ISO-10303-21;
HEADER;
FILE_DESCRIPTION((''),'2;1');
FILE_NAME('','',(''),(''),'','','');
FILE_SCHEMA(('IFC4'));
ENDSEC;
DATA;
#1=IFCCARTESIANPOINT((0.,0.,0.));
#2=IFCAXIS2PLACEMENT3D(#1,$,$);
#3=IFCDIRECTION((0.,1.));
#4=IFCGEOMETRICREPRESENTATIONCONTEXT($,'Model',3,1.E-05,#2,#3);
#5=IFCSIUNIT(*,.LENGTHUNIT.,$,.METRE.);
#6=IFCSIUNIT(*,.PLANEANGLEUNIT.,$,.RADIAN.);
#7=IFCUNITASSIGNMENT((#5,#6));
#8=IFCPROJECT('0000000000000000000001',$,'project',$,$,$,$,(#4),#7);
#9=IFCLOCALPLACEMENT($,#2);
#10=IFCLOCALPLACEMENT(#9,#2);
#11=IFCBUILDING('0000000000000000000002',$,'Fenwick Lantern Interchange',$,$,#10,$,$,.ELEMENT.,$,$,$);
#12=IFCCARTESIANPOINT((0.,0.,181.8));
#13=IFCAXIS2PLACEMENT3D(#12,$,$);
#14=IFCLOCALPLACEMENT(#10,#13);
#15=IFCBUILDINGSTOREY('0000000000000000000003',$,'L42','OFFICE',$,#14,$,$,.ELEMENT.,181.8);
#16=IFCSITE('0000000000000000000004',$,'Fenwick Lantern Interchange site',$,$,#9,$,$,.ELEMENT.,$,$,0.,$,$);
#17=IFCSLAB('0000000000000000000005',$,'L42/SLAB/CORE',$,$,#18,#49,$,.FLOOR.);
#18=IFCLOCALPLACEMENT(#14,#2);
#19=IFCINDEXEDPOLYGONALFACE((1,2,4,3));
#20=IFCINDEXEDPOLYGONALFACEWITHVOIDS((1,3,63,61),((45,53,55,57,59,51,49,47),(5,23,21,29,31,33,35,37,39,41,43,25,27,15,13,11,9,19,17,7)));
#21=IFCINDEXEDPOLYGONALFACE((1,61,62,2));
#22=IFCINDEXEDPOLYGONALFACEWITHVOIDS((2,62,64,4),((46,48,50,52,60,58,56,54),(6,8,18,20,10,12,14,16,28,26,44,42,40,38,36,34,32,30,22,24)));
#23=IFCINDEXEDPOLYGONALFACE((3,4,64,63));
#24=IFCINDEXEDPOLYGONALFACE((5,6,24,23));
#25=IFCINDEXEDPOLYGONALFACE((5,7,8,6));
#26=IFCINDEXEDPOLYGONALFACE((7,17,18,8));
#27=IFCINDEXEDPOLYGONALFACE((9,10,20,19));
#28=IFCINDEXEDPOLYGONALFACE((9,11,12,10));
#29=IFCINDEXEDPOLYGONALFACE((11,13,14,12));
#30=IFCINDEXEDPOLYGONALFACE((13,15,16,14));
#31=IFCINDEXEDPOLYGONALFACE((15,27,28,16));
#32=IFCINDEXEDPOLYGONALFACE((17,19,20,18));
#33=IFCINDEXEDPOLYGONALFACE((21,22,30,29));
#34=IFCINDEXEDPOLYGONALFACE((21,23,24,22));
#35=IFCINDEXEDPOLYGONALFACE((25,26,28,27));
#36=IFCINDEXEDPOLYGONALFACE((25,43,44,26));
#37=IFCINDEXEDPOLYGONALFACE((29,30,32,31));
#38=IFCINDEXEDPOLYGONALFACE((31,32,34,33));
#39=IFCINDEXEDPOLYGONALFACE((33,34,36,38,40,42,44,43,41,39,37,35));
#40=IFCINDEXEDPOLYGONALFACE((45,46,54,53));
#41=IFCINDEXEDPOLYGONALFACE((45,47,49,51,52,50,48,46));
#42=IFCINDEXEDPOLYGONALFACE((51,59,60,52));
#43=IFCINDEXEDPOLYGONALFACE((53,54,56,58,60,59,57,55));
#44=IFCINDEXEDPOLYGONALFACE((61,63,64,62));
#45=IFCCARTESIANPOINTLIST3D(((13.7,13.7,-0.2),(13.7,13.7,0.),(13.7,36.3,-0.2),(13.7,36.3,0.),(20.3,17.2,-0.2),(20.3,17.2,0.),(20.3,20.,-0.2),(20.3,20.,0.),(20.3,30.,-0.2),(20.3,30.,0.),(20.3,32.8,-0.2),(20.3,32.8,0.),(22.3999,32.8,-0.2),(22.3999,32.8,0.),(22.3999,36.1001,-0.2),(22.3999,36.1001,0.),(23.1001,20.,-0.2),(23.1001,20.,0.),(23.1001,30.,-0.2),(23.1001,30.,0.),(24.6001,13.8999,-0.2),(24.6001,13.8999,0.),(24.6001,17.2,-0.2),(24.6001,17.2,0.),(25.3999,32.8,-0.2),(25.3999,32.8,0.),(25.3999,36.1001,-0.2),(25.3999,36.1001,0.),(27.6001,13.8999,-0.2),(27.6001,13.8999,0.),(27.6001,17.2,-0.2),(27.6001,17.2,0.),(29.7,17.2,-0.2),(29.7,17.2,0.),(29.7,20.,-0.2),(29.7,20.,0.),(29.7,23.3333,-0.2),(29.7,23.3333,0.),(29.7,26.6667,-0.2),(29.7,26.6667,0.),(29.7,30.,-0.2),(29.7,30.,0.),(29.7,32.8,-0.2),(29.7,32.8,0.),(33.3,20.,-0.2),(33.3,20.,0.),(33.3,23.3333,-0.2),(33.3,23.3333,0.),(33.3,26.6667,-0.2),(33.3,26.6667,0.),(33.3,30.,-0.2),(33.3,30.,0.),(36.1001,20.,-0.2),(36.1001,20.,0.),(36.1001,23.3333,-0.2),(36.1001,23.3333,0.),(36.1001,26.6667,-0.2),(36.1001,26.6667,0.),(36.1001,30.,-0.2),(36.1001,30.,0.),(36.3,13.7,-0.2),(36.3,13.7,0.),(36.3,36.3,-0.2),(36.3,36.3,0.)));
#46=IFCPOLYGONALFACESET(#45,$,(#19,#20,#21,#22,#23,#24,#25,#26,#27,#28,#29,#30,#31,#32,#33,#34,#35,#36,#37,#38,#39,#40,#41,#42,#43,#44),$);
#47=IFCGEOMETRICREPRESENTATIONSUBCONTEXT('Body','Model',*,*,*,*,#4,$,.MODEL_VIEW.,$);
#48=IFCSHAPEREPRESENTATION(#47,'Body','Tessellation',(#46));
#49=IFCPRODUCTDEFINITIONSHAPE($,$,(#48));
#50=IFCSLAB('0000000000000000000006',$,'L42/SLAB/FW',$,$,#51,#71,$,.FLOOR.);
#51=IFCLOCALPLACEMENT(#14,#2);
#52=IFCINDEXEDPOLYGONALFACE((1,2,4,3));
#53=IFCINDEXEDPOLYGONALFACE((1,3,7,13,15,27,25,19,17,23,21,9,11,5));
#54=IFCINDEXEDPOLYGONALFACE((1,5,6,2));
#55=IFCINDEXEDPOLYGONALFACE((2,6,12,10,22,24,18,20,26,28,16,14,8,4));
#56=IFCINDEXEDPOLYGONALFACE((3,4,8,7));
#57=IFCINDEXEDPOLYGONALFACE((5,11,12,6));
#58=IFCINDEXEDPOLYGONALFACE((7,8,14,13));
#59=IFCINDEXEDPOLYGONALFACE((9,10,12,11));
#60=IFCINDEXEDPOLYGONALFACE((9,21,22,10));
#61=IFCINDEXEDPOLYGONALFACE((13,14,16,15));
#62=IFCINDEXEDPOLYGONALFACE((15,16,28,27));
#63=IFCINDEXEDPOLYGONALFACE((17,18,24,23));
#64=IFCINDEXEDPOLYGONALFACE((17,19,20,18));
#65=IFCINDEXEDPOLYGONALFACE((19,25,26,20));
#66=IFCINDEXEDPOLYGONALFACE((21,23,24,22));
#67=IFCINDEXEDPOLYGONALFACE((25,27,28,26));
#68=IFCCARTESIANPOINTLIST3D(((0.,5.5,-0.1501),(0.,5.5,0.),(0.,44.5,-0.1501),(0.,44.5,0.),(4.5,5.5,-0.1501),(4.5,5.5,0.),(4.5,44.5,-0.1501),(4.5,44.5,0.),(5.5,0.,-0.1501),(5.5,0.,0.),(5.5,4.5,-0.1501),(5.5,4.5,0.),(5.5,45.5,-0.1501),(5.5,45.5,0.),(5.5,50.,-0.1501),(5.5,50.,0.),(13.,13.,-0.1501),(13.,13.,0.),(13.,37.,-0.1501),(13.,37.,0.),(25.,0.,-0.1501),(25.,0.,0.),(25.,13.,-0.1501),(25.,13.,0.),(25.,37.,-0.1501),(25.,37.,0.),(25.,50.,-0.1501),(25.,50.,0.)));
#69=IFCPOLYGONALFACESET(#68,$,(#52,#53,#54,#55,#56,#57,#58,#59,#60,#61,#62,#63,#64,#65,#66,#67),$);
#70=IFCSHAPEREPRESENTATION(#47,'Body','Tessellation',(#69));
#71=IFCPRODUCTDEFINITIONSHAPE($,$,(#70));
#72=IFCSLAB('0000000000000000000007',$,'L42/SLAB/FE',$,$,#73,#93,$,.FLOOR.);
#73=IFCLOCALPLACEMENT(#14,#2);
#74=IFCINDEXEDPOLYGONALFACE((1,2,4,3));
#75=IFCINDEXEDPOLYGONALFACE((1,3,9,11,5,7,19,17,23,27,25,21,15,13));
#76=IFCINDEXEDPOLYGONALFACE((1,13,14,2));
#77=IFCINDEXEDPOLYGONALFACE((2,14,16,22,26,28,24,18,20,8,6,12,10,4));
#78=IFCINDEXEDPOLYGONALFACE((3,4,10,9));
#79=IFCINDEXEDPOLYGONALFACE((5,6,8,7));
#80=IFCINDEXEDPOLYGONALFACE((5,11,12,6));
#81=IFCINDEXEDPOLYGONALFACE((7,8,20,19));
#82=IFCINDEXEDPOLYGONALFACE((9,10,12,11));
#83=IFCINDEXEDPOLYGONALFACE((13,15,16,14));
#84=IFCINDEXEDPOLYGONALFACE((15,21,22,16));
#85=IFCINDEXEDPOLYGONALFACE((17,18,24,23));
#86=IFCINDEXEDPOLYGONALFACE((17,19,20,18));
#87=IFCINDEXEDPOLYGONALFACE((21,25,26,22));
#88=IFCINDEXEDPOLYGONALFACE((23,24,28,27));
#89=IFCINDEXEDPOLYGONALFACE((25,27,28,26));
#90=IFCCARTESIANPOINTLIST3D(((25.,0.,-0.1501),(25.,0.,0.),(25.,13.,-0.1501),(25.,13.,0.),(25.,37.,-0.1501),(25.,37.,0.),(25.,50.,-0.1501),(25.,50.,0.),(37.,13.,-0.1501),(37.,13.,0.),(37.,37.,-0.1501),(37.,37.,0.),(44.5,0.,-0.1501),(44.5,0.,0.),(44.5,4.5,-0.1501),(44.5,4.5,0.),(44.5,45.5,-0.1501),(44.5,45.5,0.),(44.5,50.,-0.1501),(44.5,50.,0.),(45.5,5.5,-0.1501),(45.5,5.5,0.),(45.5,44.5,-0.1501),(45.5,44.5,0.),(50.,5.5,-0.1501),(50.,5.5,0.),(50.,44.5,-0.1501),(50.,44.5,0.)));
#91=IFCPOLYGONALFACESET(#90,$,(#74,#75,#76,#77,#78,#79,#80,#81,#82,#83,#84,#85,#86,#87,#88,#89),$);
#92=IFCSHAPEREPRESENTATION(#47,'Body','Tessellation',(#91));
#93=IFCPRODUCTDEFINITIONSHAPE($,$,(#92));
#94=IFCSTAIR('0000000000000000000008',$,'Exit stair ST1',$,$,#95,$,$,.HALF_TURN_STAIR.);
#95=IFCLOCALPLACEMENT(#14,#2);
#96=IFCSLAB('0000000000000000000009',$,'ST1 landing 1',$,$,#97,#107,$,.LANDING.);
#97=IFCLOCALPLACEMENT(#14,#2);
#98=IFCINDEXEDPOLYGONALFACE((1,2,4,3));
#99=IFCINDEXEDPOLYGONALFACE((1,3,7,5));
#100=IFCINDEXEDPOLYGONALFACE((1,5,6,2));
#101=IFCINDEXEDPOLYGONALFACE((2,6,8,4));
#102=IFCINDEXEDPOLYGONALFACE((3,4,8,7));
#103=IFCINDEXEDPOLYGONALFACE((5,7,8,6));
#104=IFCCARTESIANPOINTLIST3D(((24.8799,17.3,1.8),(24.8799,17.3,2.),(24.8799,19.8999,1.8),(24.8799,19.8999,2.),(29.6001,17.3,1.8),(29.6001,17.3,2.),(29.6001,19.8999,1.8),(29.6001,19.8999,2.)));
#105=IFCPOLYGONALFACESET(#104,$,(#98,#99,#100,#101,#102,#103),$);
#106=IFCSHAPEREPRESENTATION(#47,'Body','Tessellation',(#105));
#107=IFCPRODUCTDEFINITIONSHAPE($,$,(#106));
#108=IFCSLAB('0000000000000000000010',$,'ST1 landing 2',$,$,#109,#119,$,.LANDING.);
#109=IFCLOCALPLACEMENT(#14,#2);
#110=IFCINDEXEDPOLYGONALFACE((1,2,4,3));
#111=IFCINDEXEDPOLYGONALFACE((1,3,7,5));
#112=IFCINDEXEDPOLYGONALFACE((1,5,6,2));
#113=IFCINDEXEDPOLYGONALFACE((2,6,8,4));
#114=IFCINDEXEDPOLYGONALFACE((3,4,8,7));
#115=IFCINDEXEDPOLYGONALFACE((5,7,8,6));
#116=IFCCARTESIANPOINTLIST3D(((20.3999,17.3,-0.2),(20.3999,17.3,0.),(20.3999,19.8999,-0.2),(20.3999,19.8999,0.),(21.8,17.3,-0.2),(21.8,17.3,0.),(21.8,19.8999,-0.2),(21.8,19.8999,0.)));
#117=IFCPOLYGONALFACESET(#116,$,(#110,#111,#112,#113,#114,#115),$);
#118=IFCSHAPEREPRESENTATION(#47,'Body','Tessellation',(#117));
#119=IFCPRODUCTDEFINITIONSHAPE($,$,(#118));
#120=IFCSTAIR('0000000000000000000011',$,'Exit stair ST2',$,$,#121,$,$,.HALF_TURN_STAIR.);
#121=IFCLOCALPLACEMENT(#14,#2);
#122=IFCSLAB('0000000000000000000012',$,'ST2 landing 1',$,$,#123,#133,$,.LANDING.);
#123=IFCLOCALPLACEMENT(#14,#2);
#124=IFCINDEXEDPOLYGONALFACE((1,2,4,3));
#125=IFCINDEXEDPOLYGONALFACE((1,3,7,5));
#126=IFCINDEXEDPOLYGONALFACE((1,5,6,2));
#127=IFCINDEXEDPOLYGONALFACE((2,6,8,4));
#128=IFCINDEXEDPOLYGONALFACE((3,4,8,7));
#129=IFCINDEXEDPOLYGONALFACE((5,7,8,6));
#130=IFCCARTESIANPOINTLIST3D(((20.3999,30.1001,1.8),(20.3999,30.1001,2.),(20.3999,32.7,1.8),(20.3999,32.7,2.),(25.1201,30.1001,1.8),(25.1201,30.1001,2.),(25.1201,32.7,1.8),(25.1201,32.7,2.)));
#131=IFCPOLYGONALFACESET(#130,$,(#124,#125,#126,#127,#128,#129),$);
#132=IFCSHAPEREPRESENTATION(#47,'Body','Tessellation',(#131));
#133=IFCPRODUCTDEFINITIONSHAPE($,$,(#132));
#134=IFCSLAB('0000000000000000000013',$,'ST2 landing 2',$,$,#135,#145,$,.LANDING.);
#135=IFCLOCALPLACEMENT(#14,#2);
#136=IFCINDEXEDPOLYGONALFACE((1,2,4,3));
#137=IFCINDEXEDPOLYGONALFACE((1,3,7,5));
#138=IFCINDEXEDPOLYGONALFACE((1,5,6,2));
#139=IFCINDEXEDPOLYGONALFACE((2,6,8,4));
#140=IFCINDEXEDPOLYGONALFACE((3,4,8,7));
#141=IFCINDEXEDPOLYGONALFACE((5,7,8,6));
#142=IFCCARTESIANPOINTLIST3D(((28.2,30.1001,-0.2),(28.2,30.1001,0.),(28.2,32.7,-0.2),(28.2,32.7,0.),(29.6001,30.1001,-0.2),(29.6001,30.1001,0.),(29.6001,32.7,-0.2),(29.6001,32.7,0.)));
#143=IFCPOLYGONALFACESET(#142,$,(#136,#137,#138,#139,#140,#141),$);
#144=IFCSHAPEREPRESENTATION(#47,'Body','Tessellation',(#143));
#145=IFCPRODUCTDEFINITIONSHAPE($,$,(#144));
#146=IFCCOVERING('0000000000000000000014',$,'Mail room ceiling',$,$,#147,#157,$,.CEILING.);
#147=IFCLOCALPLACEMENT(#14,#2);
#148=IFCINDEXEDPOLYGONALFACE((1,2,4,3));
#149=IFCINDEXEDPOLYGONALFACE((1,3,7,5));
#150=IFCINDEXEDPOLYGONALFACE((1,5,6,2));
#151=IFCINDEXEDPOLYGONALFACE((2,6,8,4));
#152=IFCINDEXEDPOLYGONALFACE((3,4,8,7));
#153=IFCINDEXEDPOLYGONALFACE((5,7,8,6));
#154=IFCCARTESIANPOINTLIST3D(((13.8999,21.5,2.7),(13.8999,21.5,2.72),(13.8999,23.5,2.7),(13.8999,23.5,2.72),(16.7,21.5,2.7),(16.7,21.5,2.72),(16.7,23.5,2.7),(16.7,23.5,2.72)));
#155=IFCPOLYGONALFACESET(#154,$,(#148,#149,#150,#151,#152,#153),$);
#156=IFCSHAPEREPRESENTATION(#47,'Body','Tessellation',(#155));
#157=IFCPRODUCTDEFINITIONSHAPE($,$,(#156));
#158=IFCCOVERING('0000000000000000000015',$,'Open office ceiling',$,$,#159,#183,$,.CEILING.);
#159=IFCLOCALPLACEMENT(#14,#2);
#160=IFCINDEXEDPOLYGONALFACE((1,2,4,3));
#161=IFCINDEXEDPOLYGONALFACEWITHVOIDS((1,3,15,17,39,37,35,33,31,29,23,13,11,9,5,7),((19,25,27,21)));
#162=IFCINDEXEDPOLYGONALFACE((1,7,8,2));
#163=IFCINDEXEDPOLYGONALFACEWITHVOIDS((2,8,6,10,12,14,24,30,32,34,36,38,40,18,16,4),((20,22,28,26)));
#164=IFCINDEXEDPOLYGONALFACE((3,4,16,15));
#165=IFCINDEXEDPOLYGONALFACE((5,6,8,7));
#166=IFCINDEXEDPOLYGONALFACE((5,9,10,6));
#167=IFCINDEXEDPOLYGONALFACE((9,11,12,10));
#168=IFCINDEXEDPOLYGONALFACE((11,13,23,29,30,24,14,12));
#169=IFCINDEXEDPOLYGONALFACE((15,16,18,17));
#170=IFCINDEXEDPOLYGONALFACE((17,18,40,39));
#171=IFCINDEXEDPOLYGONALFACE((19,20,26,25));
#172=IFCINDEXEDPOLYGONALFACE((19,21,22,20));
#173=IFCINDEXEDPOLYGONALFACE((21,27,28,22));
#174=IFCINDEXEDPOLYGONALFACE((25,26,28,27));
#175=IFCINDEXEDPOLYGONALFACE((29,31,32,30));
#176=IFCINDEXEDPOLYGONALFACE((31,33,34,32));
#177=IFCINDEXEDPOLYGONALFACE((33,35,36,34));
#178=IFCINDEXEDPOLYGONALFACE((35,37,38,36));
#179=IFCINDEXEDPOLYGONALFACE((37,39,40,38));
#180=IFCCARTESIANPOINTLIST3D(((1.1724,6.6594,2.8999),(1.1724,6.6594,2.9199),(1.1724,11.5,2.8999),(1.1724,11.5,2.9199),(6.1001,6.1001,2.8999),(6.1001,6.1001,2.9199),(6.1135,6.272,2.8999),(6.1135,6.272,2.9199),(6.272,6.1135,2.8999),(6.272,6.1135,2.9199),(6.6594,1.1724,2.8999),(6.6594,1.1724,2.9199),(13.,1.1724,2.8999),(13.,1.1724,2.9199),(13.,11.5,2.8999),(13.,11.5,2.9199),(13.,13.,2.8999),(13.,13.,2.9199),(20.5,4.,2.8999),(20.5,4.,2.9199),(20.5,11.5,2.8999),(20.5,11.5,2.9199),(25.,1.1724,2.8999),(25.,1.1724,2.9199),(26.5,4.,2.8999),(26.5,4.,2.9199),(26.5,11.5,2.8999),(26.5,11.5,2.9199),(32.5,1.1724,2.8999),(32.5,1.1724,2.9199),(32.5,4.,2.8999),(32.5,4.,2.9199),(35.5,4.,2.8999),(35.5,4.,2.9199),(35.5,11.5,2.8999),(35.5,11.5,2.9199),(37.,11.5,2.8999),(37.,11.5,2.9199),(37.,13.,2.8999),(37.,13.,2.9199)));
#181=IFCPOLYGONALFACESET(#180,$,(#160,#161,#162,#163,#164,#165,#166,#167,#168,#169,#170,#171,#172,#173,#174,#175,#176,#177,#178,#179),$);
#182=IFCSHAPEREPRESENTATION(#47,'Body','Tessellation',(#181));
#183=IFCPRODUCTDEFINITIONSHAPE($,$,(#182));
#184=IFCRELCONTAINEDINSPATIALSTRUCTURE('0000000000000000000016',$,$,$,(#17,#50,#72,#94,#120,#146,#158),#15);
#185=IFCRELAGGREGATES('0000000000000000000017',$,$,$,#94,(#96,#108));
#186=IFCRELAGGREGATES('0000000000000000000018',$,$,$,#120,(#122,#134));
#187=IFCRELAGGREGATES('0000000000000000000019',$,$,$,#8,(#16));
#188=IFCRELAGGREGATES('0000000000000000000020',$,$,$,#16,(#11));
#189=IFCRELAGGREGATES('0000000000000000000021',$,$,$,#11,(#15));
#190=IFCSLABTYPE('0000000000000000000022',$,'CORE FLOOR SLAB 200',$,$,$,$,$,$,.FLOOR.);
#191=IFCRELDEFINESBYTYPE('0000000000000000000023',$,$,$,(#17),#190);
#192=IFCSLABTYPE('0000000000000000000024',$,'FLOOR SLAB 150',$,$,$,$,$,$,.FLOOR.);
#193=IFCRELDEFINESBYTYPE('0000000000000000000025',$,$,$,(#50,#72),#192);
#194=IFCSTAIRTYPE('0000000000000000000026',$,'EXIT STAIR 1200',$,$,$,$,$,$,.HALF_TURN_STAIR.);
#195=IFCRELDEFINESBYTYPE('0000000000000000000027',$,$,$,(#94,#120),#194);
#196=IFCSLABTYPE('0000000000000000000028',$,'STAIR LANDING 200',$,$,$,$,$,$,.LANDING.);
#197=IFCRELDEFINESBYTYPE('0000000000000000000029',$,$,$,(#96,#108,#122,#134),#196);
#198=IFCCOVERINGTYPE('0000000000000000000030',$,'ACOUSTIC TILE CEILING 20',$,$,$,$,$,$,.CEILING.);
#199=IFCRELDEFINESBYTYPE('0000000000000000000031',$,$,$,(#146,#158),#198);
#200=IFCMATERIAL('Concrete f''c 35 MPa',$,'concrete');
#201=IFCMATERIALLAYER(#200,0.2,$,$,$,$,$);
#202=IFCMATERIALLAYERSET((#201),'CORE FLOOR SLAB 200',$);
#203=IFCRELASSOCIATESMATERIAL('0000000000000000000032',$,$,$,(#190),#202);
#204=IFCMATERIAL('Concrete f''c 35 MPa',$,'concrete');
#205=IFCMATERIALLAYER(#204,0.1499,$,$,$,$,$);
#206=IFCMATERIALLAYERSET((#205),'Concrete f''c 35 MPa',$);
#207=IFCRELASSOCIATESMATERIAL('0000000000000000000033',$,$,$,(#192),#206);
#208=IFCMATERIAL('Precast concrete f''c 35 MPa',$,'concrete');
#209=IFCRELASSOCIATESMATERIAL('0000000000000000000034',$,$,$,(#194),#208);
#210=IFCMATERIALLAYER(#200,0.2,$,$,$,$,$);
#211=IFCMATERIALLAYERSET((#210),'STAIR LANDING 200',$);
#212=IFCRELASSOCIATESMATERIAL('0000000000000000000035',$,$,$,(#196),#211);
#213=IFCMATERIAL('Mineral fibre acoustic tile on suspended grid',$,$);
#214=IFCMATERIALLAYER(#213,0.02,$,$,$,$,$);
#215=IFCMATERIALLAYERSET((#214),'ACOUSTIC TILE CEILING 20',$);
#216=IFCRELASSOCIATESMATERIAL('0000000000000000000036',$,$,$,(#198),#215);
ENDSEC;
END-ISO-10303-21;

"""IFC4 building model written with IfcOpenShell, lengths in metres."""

from ifc_helpers import new_model, si_unit, direction, frame, origin, place, context, subcontext, project, spatial, polyline, outline, extrude, material, layer, layer_set, type_object, element, aggregate, save


model = new_model("IFC4")

# Units and contexts
model_context = context("Model", 3, precision=1e-05, world=origin(), true_north=direction((0.0, 1.0)))
body_context = subcontext(model_context, "Body", "Model", "MODEL_VIEW")
ifc_project = project(units=[si_unit("LENGTHUNIT", "METRE"), si_unit("PLANEANGLEUNIT", "RADIAN")], contexts=[model_context])

# Site, building, storey
site_placement = place(None, origin())
site = spatial("IfcSite", under=ifc_project, at=site_placement, Name="Fenwick Lantern Interchange site", CompositionType="ELEMENT", RefElevation=0.0)
building_placement = place(site_placement, origin())
building = spatial("IfcBuilding", under=site, at=building_placement, Name="Fenwick Lantern Interchange", CompositionType="ELEMENT")
storey_placement = place(building_placement, frame((0.0, 0.0, 181.8)))
storey = spatial("IfcBuildingStorey", under=building, at=storey_placement, Name="L42", Description="OFFICE", CompositionType="ELEMENT", Elevation=181.8)

# Slabs
ifc_material_1 = material(Name="Concrete f'c 35 MPa", Category="concrete")
ifc_layer_1 = layer(ifc_material_1, 0.2)
ifc_layer_set_1 = layer_set([ifc_layer_1], Name="CORE FLOOR SLAB 200")
slab_type_1 = type_object("IfcSlabType", Name="CORE FLOOR SLAB 200", PredefinedType="FLOOR", material=ifc_layer_set_1)
slab_1_placement = place(storey_placement, frame((0.0, 0.0, -0.2)))
element("IfcSlab", 1, at=slab_1_placement, inside=storey, type_object=slab_type_1, Name="L42/SLAB/CORE", PredefinedType="FLOOR", context=body_context, shape_type="SweptSolid", body=[
    extrude(outline(polyline([(13.7, 36.3), (36.3, 36.3), (36.3, 13.7), (13.7, 13.7), (13.7, 36.3)]), holes=[polyline([(24.6001, 13.8999), (27.6001, 13.8999), (27.6001, 17.2), (29.7, 17.2), (29.7, 20.0), (29.7, 23.3333), (29.7, 26.6667), (29.7, 30.0), (29.7, 32.8), (25.3999, 32.8), (25.3999, 36.1001), (22.3999, 36.1001), (22.3999, 32.8), (20.3, 32.8), (20.3, 30.0), (23.1001, 30.0), (23.1001, 20.0), (20.3, 20.0), (20.3, 17.2), (24.6001, 17.2), (24.6001, 13.8999)]), polyline([(33.3, 23.3333), (33.3, 20.0), (36.1001, 20.0), (36.1001, 23.3333), (36.1001, 26.6667), (36.1001, 30.0), (33.3, 30.0), (33.3, 26.6667), (33.3, 23.3333)])]), origin(), (0.0, 0.0, 1.0), 0.2),
])
ifc_material_2 = material(Name="Concrete f'c 35 MPa", Category="concrete")
ifc_layer_2 = layer(ifc_material_2, 0.1499)
ifc_layer_set_2 = layer_set([ifc_layer_2], Name="Concrete f'c 35 MPa")
slab_type_2 = type_object("IfcSlabType", Name="FLOOR SLAB 150", PredefinedType="FLOOR", material=ifc_layer_set_2)
slab_2_placement = place(storey_placement, frame((0.0, 0.0, -0.1501)))
element("IfcSlab", 2, at=slab_2_placement, inside=storey, type_object=slab_type_2, Name="L42/SLAB/FW", PredefinedType="FLOOR", context=body_context, shape_type="SweptSolid", body=[
    extrude(outline(polyline([(5.5, 0.0), (5.5, 4.5), (4.5, 5.5), (0.0, 5.5), (0.0, 44.5), (4.5, 44.5), (5.5, 45.5), (5.5, 50.0), (25.0, 50.0), (25.0, 37.0), (13.0, 37.0), (13.0, 13.0), (25.0, 13.0), (25.0, 0.0), (5.5, 0.0)])), origin(), (0.0, 0.0, 1.0), 0.1501),
])
slab_3_placement = place(storey_placement, frame((0.0, 0.0, -0.1501)))
element("IfcSlab", 3, at=slab_3_placement, inside=storey, type_object=slab_type_2, Name="L42/SLAB/FE", PredefinedType="FLOOR", context=body_context, shape_type="SweptSolid", body=[
    extrude(outline(polyline([(44.5, 50.0), (44.5, 45.5), (45.5, 44.5), (50.0, 44.5), (50.0, 5.5), (45.5, 5.5), (44.5, 4.5), (44.5, 0.0), (25.0, 0.0), (25.0, 13.0), (37.0, 13.0), (37.0, 37.0), (25.0, 37.0), (25.0, 50.0), (44.5, 50.0)])), origin(), (0.0, 0.0, 1.0), 0.1501),
])

# Stairs, slabs
ifc_material_3 = material(Name="Precast concrete f'c 35 MPa", Category="concrete")
stair_type = type_object("IfcStairType", Name="EXIT STAIR 1200", PredefinedType="HALF_TURN_STAIR", material=ifc_material_3)
stair_1_placement = place(storey_placement, origin())
stair_1 = element("IfcStair", 4, at=stair_1_placement, inside=storey, type_object=stair_type, Name="Exit stair ST1", PredefinedType="HALF_TURN_STAIR")
ifc_layer_3 = layer(ifc_material_1, 0.2)
ifc_layer_set_3 = layer_set([ifc_layer_3], Name="STAIR LANDING 200")
slab_type_3 = type_object("IfcSlabType", Name="STAIR LANDING 200", PredefinedType="LANDING", material=ifc_layer_set_3)
slab_4_placement = place(storey_placement, frame((0.0, 0.0, 1.8)))
slab_4 = element("IfcSlab", 5, at=slab_4_placement, type_object=slab_type_3, Name="ST1 landing 1", PredefinedType="LANDING", context=body_context, shape_type="SweptSolid", body=[
    extrude(outline(polyline([(24.8799, 17.3), (29.6001, 17.3), (29.6001, 19.8999), (24.8799, 19.8999), (24.8799, 17.3)])), origin(), (0.0, 0.0, 1.0), 0.2),
])
slab_5_placement = place(storey_placement, frame((0.0, 0.0, -0.2)))
slab_5 = element("IfcSlab", 6, at=slab_5_placement, type_object=slab_type_3, Name="ST1 landing 2", PredefinedType="LANDING", context=body_context, shape_type="SweptSolid", body=[
    extrude(outline(polyline([(20.3999, 17.3), (21.8, 17.3), (21.8, 19.8999), (20.3999, 19.8999), (20.3999, 17.3)])), origin(), (0.0, 0.0, 1.0), 0.2),
])
aggregate(stair_1, [slab_4, slab_5])
stair_2_placement = place(storey_placement, origin())
stair_2 = element("IfcStair", 7, at=stair_2_placement, inside=storey, type_object=stair_type, Name="Exit stair ST2", PredefinedType="HALF_TURN_STAIR")
slab_6_placement = place(storey_placement, frame((0.0, 0.0, 1.8)))
slab_6 = element("IfcSlab", 8, at=slab_6_placement, type_object=slab_type_3, Name="ST2 landing 1", PredefinedType="LANDING", context=body_context, shape_type="SweptSolid", body=[
    extrude(outline(polyline([(25.1201, 32.7), (20.3999, 32.7), (20.3999, 30.1001), (25.1201, 30.1001), (25.1201, 32.7)])), origin(), (0.0, 0.0, 1.0), 0.2),
])
slab_7_placement = place(storey_placement, frame((0.0, 0.0, -0.2)))
slab_7 = element("IfcSlab", 9, at=slab_7_placement, type_object=slab_type_3, Name="ST2 landing 2", PredefinedType="LANDING", context=body_context, shape_type="SweptSolid", body=[
    extrude(outline(polyline([(29.6001, 32.7), (28.2, 32.7), (28.2, 30.1001), (29.6001, 30.1001), (29.6001, 32.7)])), origin(), (0.0, 0.0, 1.0), 0.2),
])
aggregate(stair_2, [slab_6, slab_7])

# Coverings
ifc_material_4 = material(Name="Mineral fibre acoustic tile on suspended grid")
ifc_layer_4 = layer(ifc_material_4, 0.02)
ifc_layer_set_4 = layer_set([ifc_layer_4], Name="ACOUSTIC TILE CEILING 20")
covering_type_1 = type_object("IfcCoveringType", Name="ACOUSTIC TILE CEILING 20", PredefinedType="CEILING", material=ifc_layer_set_4)
covering_1_placement = place(storey_placement, frame((0.0, 0.0, 2.7)))
element("IfcCovering", 10, at=covering_1_placement, inside=storey, type_object=covering_type_1, Name="Mail room ceiling", PredefinedType="CEILING", context=body_context, shape_type="SweptSolid", body=[
    extrude(outline(polyline([(13.8999, 21.5), (16.7, 21.5), (16.7, 23.5), (13.8999, 23.5), (13.8999, 21.5)])), origin(), (0.0, 0.0, 1.0), 0.02),
])
covering_2_placement = place(storey_placement, frame((0.0, 0.0, 2.8999)))
element("IfcCovering", 11, at=covering_2_placement, inside=storey, type_object=covering_type_1, Name="Open office ceiling", PredefinedType="CEILING", context=body_context, shape_type="SweptSolid", body=[
    extrude(outline(polyline([(32.5, 4.0), (35.5, 4.0), (35.5, 11.5), (37.0, 11.5), (37.0, 13.0), (13.0, 13.0), (13.0, 11.5), (1.1724, 11.5), (1.1724, 6.6594), (6.1135, 6.272), (6.1001, 6.1001), (6.272, 6.1135), (6.6594, 1.1724), (13.0, 1.1724), (25.0, 1.1724), (32.5, 1.1724), (32.5, 4.0)]), holes=[polyline([(20.5, 11.5), (26.5, 11.5), (26.5, 4.0), (20.5, 4.0), (20.5, 11.5)])]), origin(), (0.0, 0.0, 1.0), 0.02),
])

save(model, "model.ifc")
